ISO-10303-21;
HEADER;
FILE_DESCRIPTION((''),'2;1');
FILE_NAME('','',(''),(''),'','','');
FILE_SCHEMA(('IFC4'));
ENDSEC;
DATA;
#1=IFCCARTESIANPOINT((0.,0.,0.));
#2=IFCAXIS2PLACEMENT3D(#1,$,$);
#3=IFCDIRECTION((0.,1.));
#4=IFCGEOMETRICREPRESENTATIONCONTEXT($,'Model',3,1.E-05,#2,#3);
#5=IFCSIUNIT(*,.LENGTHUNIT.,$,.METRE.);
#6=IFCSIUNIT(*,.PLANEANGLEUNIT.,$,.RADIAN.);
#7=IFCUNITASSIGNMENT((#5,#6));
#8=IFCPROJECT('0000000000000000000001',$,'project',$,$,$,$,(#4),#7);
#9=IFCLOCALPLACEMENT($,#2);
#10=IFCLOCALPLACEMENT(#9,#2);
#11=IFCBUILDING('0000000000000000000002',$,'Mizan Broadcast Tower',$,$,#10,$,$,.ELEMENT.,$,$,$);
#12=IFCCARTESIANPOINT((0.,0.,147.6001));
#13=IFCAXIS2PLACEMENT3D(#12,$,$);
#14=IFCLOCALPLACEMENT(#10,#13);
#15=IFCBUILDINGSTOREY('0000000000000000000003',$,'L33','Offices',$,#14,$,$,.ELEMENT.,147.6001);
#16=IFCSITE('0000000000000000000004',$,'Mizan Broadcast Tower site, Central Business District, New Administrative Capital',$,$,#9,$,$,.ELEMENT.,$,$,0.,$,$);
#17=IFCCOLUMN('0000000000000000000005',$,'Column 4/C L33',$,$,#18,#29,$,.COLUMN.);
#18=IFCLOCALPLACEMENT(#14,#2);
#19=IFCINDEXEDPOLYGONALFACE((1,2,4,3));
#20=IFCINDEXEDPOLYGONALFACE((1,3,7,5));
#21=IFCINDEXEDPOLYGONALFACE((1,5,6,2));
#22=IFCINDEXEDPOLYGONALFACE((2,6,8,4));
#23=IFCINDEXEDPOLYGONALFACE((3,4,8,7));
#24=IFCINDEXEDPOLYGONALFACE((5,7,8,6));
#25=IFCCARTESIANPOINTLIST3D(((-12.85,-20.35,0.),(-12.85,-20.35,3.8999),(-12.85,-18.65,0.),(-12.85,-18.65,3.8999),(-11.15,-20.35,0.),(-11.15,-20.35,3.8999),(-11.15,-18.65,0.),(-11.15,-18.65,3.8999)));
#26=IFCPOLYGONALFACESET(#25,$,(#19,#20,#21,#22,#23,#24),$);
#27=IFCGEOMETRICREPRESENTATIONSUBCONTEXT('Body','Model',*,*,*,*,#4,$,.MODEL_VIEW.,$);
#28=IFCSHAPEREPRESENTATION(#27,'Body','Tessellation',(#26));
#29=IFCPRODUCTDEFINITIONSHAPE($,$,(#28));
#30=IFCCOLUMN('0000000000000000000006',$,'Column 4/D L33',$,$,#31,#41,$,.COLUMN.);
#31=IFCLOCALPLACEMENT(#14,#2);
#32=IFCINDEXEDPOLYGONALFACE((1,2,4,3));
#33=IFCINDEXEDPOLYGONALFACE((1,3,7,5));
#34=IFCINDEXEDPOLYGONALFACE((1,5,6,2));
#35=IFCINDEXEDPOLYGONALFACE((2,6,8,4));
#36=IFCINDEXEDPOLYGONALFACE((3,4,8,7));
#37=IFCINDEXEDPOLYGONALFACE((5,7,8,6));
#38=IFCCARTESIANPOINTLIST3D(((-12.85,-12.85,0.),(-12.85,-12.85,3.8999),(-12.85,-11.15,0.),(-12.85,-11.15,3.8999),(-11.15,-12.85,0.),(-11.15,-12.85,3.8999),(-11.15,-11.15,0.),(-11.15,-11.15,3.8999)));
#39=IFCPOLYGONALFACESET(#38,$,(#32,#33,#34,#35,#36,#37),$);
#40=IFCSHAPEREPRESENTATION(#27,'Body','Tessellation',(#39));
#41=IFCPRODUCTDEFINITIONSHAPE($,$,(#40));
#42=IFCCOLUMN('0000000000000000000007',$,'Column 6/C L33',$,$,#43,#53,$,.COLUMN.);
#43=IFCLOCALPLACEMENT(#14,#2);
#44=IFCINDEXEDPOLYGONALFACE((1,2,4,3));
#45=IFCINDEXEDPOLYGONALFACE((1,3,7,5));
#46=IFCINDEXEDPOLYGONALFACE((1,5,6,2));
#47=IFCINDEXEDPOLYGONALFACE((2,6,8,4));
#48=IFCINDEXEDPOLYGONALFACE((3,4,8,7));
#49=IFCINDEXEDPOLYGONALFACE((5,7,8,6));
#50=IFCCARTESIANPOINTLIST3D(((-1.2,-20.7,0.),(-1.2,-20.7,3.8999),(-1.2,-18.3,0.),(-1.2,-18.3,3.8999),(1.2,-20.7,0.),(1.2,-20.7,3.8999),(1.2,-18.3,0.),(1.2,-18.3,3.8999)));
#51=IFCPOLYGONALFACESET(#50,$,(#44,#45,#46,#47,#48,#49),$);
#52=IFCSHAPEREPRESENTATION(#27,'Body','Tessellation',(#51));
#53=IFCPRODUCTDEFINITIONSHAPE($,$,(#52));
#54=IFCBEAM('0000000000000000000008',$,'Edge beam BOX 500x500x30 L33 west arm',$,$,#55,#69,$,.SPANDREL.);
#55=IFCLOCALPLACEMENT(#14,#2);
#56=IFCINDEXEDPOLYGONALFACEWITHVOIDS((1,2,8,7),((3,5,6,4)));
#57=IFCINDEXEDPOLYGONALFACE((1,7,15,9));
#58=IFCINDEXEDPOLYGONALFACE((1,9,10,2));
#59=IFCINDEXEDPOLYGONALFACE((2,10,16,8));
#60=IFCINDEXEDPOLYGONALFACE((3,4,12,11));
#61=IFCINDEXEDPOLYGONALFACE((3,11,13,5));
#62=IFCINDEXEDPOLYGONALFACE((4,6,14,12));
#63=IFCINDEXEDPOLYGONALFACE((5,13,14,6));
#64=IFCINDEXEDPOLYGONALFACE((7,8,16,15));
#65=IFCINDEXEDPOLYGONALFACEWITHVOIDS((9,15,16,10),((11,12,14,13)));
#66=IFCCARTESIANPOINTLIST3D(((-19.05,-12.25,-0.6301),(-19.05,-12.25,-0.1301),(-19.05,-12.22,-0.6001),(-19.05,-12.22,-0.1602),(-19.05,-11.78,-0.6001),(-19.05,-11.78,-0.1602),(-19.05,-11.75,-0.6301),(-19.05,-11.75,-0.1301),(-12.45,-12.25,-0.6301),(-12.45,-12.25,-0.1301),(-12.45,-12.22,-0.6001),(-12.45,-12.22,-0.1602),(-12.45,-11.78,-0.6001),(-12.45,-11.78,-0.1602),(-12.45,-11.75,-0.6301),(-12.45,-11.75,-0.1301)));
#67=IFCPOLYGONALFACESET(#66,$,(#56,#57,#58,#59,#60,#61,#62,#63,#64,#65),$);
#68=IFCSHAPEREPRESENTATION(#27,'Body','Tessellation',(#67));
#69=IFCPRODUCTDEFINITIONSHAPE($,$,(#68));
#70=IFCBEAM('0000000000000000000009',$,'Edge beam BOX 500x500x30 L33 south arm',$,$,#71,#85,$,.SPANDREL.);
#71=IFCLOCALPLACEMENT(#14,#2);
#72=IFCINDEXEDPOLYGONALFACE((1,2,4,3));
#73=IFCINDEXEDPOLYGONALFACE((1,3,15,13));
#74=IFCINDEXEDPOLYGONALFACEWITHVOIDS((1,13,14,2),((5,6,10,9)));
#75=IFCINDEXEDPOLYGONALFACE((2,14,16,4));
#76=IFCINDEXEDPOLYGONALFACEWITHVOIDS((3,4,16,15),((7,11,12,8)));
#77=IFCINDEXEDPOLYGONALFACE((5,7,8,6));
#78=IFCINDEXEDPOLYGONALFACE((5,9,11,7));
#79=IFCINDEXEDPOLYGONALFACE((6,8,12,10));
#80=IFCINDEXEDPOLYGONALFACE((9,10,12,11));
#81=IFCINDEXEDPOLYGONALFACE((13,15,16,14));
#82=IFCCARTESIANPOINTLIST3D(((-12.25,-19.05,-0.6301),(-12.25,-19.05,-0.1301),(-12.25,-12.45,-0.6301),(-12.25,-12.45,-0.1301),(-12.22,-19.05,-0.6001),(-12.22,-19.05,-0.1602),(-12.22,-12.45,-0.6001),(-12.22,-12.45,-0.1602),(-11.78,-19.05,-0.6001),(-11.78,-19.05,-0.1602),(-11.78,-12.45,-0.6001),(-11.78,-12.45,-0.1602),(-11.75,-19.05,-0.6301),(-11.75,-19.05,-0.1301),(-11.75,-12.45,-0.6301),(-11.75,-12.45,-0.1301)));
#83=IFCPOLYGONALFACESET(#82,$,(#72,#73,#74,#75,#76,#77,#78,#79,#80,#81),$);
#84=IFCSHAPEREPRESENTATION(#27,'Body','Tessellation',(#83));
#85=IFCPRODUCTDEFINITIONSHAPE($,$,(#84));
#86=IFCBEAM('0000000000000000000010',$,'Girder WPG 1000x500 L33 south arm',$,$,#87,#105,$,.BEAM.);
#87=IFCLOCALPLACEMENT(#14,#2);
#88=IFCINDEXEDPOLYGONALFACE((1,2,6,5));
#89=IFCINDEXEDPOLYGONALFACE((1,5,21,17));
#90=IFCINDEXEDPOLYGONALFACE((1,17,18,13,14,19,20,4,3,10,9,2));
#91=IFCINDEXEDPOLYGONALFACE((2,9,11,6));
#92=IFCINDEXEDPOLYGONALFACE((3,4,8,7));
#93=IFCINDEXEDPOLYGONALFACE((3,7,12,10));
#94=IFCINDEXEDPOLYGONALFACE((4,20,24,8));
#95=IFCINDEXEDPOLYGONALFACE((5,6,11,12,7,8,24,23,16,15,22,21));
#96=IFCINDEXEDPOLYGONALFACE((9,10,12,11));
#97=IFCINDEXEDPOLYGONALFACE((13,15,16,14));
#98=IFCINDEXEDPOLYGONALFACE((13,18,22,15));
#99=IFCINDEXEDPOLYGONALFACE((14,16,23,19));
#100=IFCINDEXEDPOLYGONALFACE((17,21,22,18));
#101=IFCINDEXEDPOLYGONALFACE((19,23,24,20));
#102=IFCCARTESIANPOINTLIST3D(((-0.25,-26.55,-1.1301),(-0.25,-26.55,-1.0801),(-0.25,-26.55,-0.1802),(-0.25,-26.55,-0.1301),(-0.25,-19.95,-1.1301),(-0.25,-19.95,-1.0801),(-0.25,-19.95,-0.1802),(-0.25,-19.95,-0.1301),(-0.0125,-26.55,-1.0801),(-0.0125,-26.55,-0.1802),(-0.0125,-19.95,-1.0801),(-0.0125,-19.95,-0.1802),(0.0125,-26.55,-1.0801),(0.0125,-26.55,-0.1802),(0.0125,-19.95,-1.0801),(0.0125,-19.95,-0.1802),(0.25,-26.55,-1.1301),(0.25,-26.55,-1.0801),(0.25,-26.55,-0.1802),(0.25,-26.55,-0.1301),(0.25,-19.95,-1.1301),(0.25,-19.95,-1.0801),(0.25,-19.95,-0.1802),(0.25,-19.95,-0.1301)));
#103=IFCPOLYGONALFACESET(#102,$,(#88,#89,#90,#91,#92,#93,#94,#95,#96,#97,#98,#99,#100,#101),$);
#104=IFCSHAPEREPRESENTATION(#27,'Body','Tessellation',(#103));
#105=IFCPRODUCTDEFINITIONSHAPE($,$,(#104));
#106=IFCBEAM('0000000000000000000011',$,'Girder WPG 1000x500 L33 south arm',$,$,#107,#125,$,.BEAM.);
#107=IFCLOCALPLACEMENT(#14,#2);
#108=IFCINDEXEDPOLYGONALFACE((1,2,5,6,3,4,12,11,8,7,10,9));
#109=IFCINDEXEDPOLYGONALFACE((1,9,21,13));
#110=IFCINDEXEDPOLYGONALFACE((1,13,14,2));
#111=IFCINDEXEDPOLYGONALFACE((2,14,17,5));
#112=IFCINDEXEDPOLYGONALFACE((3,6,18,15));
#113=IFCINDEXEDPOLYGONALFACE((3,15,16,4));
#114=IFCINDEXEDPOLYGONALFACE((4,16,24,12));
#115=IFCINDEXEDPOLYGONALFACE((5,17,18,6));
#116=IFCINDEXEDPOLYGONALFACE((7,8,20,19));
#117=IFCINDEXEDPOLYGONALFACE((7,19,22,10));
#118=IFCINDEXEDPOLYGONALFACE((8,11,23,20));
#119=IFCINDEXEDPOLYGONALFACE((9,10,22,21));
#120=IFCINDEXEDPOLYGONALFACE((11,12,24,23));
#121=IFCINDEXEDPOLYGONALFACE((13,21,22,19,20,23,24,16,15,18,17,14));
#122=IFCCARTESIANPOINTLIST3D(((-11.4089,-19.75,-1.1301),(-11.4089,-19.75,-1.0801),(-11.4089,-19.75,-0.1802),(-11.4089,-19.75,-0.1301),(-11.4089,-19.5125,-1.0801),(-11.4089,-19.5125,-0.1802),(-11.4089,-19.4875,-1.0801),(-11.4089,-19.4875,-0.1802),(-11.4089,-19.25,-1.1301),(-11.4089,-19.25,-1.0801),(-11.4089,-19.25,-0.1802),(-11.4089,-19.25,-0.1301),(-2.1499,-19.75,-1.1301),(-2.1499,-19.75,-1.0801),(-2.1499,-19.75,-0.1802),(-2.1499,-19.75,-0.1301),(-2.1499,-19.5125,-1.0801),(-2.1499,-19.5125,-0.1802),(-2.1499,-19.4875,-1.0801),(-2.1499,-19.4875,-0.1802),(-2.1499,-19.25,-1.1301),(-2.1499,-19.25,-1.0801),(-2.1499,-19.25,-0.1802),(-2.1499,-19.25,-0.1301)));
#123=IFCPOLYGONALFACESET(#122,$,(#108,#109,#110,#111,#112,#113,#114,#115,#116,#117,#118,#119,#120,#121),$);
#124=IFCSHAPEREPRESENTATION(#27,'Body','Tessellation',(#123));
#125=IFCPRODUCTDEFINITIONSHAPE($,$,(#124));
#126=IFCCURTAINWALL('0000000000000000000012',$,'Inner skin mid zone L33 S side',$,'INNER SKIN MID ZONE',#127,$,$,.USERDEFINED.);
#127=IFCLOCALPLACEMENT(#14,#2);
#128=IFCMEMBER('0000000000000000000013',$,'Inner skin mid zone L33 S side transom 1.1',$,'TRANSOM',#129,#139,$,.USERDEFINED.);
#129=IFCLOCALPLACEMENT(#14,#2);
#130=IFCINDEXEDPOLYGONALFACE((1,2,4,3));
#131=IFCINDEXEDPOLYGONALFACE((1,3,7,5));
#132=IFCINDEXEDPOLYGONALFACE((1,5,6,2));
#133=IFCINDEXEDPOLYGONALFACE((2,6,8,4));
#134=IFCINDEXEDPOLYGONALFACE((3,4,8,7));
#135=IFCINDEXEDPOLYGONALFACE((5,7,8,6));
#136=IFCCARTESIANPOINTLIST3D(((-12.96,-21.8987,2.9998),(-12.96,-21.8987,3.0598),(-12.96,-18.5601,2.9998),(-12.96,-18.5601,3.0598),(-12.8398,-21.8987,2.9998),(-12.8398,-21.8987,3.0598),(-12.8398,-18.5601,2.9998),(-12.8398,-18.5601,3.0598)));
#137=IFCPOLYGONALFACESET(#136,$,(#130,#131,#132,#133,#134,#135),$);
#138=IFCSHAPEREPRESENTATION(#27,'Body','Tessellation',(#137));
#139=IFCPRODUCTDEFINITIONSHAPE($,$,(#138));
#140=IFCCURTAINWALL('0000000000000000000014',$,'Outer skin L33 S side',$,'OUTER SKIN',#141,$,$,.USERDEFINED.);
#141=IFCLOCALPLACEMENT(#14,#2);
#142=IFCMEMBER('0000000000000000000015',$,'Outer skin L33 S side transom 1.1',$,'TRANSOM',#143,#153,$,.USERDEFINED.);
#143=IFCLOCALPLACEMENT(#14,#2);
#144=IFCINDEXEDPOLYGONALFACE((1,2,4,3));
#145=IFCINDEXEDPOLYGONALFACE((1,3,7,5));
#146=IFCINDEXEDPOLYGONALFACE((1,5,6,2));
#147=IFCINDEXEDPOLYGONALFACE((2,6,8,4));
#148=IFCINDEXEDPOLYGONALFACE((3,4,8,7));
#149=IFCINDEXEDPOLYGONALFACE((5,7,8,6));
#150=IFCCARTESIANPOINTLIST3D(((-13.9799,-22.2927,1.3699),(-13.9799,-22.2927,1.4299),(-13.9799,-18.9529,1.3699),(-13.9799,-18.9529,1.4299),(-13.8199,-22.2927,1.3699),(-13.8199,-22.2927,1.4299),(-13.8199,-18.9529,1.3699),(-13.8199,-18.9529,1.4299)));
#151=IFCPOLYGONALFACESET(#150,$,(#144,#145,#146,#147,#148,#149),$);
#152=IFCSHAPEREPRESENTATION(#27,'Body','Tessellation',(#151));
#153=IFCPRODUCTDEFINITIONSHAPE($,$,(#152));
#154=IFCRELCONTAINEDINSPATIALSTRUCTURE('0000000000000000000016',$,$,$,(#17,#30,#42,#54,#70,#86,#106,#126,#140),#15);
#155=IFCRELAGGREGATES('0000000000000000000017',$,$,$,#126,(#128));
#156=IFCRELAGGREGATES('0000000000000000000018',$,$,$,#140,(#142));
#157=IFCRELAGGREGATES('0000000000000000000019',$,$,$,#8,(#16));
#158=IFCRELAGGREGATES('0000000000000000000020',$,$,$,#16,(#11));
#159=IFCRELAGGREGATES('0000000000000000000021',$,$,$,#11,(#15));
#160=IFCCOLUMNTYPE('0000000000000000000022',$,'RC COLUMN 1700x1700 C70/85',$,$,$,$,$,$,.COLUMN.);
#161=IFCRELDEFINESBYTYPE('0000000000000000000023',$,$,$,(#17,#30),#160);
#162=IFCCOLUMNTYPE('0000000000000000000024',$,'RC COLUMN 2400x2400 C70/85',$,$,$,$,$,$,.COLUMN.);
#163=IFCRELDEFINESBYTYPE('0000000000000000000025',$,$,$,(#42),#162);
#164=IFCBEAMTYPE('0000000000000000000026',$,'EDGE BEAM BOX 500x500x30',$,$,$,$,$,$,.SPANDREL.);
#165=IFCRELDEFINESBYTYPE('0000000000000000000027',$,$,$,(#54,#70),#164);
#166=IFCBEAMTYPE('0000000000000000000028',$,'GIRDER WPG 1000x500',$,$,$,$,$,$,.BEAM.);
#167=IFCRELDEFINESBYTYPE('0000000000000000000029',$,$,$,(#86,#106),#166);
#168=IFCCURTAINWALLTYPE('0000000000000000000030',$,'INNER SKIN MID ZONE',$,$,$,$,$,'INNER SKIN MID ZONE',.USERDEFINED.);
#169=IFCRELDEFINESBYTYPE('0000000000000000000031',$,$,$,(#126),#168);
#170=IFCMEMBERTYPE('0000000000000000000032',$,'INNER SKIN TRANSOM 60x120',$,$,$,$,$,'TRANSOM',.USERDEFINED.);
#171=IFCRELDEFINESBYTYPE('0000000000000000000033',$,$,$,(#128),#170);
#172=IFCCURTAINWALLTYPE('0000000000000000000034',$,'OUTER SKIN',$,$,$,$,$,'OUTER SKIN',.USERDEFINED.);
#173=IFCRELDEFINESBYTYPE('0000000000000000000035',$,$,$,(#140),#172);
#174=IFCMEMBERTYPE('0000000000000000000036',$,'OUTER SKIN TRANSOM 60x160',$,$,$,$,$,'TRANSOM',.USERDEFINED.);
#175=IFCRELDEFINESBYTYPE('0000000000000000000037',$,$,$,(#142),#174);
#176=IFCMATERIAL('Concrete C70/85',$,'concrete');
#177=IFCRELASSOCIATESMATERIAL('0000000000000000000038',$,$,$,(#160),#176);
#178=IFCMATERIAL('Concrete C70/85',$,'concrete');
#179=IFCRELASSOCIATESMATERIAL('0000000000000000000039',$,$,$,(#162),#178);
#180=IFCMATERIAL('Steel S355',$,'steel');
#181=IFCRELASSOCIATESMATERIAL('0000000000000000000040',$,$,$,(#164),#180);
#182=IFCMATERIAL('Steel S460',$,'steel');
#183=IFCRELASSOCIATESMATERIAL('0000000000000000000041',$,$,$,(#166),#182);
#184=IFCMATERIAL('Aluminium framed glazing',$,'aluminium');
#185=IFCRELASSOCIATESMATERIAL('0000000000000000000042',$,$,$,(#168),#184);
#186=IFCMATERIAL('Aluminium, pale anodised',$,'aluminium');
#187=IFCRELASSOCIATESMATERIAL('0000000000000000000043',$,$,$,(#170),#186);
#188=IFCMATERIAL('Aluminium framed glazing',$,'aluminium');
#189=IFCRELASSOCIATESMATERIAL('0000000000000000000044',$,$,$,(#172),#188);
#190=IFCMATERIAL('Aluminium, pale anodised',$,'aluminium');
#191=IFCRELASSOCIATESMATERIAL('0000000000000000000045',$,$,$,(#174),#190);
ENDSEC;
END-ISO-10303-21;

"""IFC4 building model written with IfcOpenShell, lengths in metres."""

from ifc_helpers import new_model, si_unit, direction, frame, origin, origin_2d, place, context, subcontext, project, spatial, rectangle, hollow_rectangle, i_section, extrude, material, material_profile, profile_set, type_object, element, aggregate, save


model = new_model("IFC4")

# Units and contexts
model_context = context("Model", 3, precision=1e-05, world=origin(), true_north=direction((0.0, 1.0)))
body_context = subcontext(model_context, "Body", "Model", "MODEL_VIEW")
ifc_project = project(units=[si_unit("LENGTHUNIT", "METRE"), si_unit("PLANEANGLEUNIT", "RADIAN")], contexts=[model_context])

# Site, building, storey
site_placement = place(None, origin())
site = spatial("IfcSite", under=ifc_project, at=site_placement, Name="Mizan Broadcast Tower site, Central Business District, New Administrative Capital", CompositionType="ELEMENT", RefElevation=0.0)
building_placement = place(site_placement, origin())
building = spatial("IfcBuilding", under=site, at=building_placement, Name="Mizan Broadcast Tower", CompositionType="ELEMENT")
storey_placement = place(building_placement, frame((0.0, 0.0, 147.6001)))
storey = spatial("IfcBuildingStorey", under=building, at=storey_placement, Name="L33", Description="Offices", CompositionType="ELEMENT", Elevation=147.6001)

# Columns
ifc_material_1 = material(Name="Concrete C70/85", Category="concrete")
ifc_material_profile_1 = material_profile(ifc_material_1, rectangle(XDim=1.7, YDim=1.7, at=origin_2d()), Name="RC 1700x1700")
ifc_profile_set_1 = profile_set([ifc_material_profile_1], Name="Concrete C70/85")
column_type_1 = type_object("IfcColumnType", Name="RC COLUMN 1700x1700 C70/85", PredefinedType="COLUMN", material=ifc_profile_set_1)
for number, where, z_axis, x_axis, name in (
    (1, (-12.0, -19.5, 0.0), (0.0, 0.0, 1.0), (1.0, 0.0, 0.0), "Column 4/C L33"),
    (2, (-12.0, -12.0, 0.0), (0.0, 0.0, 1.0), (1.0, 0.0, 0.0), "Column 4/D L33"),
):
    element("IfcColumn", number, at=place(storey_placement, frame(where, z_axis=z_axis, x_axis=x_axis)), inside=storey, type_object=column_type_1, Name=name, PredefinedType="COLUMN", context=body_context, shape_type="SweptSolid", body=[
        extrude(rectangle(XDim=1.7, YDim=1.7, at=origin_2d()), origin(), (0.0, 0.0, 1.0), 3.8999),
    ])
ifc_material_2 = material(Name="Concrete C70/85", Category="concrete")
ifc_material_profile_2 = material_profile(ifc_material_2, rectangle(XDim=2.3999, YDim=2.3999, at=origin_2d()), Name="RC 2400x2400")
ifc_profile_set_2 = profile_set([ifc_material_profile_2], Name="Concrete C70/85")
column_type_2 = type_object("IfcColumnType", Name="RC COLUMN 2400x2400 C70/85", PredefinedType="COLUMN", material=ifc_profile_set_2)
column_placement = place(storey_placement, frame((0.0, -19.5, 0.0), z_axis=(0.0, 0.0, 1.0), x_axis=(1.0, 0.0, 0.0)))
element("IfcColumn", 3, at=column_placement, inside=storey, type_object=column_type_2, Name="Column 6/C L33", PredefinedType="COLUMN", context=body_context, shape_type="SweptSolid", body=[
    extrude(rectangle(XDim=2.3999, YDim=2.3999, at=origin_2d()), origin(), (0.0, 0.0, 1.0), 3.8999),
])

# Beams
ifc_material_3 = material(Name="Steel S355", Category="steel")
ifc_material_profile_3 = material_profile(ifc_material_3, hollow_rectangle(XDim=0.5, YDim=0.5, WallThickness=0.03, at=origin_2d()), Name="BOX 500x500x30")
ifc_profile_set_3 = profile_set([ifc_material_profile_3], Name="Steel S355")
beam_type_1 = type_object("IfcBeamType", Name="EDGE BEAM BOX 500x500x30", PredefinedType="SPANDREL", material=ifc_profile_set_3)
for number, where, z_axis, x_axis, name in (
    (4, (-12.45, -12.0, -0.3801), (-1.0, 0.0, 0.0), (0.0, -1.0, 0.0), "Edge beam BOX 500x500x30 L33 west arm"),
    (5, (-12.0, -12.45, -0.3801), (0.0, -1.0, 0.0), (1.0, 0.0, 0.0), "Edge beam BOX 500x500x30 L33 south arm"),
):
    element("IfcBeam", number, at=place(storey_placement, frame(where, z_axis=z_axis, x_axis=x_axis)), inside=storey, type_object=beam_type_1, Name=name, PredefinedType="SPANDREL", context=body_context, shape_type="SweptSolid", body=[
        extrude(hollow_rectangle(XDim=0.5, YDim=0.5, WallThickness=0.03, at=origin_2d()), origin(), (0.0, 0.0, 1.0), 6.6001),
    ])
ifc_material_4 = material(Name="Steel S460", Category="steel")
ifc_material_profile_4 = material_profile(ifc_material_4, i_section(OverallWidth=0.5, OverallDepth=1.0, WebThickness=0.0249, FlangeThickness=0.05, at=origin_2d()), Name="WPG 1000x500")
ifc_profile_set_4 = profile_set([ifc_material_profile_4], Name="Steel S460")
beam_type_2 = type_object("IfcBeamType", Name="GIRDER WPG 1000x500", PredefinedType="BEAM", material=ifc_profile_set_4)
beam_1_placement = place(storey_placement, frame((0.0, -19.95, -0.6301), z_axis=(0.0, -1.0, 0.0), x_axis=(1.0, 0.0, 0.0)))
element("IfcBeam", 6, at=beam_1_placement, inside=storey, type_object=beam_type_2, Name="Girder WPG 1000x500 L33 south arm", PredefinedType="BEAM", context=body_context, shape_type="SweptSolid", body=[
    extrude(i_section(OverallWidth=0.5, OverallDepth=1.0, WebThickness=0.0249, FlangeThickness=0.05, at=origin_2d()), origin(), (0.0, 0.0, 1.0), 6.6001),
])
beam_2_placement = place(storey_placement, frame((-11.4089, -19.5, -0.6301), z_axis=(1.0, 0.0, 0.0), x_axis=(0.0, 1.0, 0.0)))
element("IfcBeam", 7, at=beam_2_placement, inside=storey, type_object=beam_type_2, Name="Girder WPG 1000x500 L33 south arm", PredefinedType="BEAM", context=body_context, shape_type="SweptSolid", body=[
    extrude(i_section(OverallWidth=0.5, OverallDepth=1.0, WebThickness=0.0249, FlangeThickness=0.05, at=origin_2d()), origin(), (0.0, 0.0, 1.0), 9.259),
])

# Curtain walls, members
ifc_material_5 = material(Name="Aluminium framed glazing", Category="aluminium")
curtain_wall_type_1 = type_object("IfcCurtainWallType", Name="INNER SKIN MID ZONE", ElementType="INNER SKIN MID ZONE", PredefinedType="USERDEFINED", material=ifc_material_5)
curtain_wall_1_placement = place(storey_placement, origin())
curtain_wall_1 = element("IfcCurtainWall", 8, at=curtain_wall_1_placement, inside=storey, type_object=curtain_wall_type_1, Name="Inner skin mid zone L33 S side", ObjectType="INNER SKIN MID ZONE", PredefinedType="USERDEFINED")
ifc_material_6 = material(Name="Aluminium, pale anodised", Category="aluminium")
ifc_material_profile_5 = material_profile(ifc_material_6, rectangle(XDim=0.1201, YDim=0.0601, at=origin_2d()), Name="TRANSOM 120x60")
ifc_profile_set_5 = profile_set([ifc_material_profile_5], Name="Aluminium, pale anodised")
member_type_1 = type_object("IfcMemberType", Name="INNER SKIN TRANSOM 60x120", ElementType="TRANSOM", PredefinedType="USERDEFINED", material=ifc_profile_set_5)
member_1_placement = place(storey_placement, frame((-12.8999, -18.5601, 3.0298), z_axis=(0.0, -1.0, 0.0), x_axis=(1.0, 0.0, 0.0)))
member_1 = element("IfcMember", 9, at=member_1_placement, type_object=member_type_1, Name="Inner skin mid zone L33 S side transom 1.1", ObjectType="TRANSOM", PredefinedType="USERDEFINED", context=body_context, shape_type="SweptSolid", body=[
    extrude(rectangle(XDim=0.1201, YDim=0.0601, at=origin_2d()), origin(), (0.0, 0.0, 1.0), 3.3386),
])
aggregate(curtain_wall_1, [member_1])
ifc_material_7 = material(Name="Aluminium framed glazing", Category="aluminium")
curtain_wall_type_2 = type_object("IfcCurtainWallType", Name="OUTER SKIN", ElementType="OUTER SKIN", PredefinedType="USERDEFINED", material=ifc_material_7)
curtain_wall_2_placement = place(storey_placement, origin())
curtain_wall_2 = element("IfcCurtainWall", 10, at=curtain_wall_2_placement, inside=storey, type_object=curtain_wall_type_2, Name="Outer skin L33 S side", ObjectType="OUTER SKIN", PredefinedType="USERDEFINED")
ifc_material_8 = material(Name="Aluminium, pale anodised", Category="aluminium")
ifc_material_profile_6 = material_profile(ifc_material_8, rectangle(XDim=0.1599, YDim=0.0601, at=origin_2d()), Name="TRANSOM 160x60")
ifc_profile_set_6 = profile_set([ifc_material_profile_6], Name="Aluminium, pale anodised")
member_type_2 = type_object("IfcMemberType", Name="OUTER SKIN TRANSOM 60x160", ElementType="TRANSOM", PredefinedType="USERDEFINED", material=ifc_profile_set_6)
member_2_placement = place(storey_placement, frame((-13.8999, -18.9529, 1.3999), z_axis=(0.0, -1.0, 0.0), x_axis=(1.0, 0.0, 0.0)))
member_2 = element("IfcMember", 11, at=member_2_placement, type_object=member_type_2, Name="Outer skin L33 S side transom 1.1", ObjectType="TRANSOM", PredefinedType="USERDEFINED", context=body_context, shape_type="SweptSolid", body=[
    extrude(rectangle(XDim=0.1599, YDim=0.0601, at=origin_2d()), origin(), (0.0, 0.0, 1.0), 3.3398),
])
aggregate(curtain_wall_2, [member_2])

save(model, "model.ifc")
